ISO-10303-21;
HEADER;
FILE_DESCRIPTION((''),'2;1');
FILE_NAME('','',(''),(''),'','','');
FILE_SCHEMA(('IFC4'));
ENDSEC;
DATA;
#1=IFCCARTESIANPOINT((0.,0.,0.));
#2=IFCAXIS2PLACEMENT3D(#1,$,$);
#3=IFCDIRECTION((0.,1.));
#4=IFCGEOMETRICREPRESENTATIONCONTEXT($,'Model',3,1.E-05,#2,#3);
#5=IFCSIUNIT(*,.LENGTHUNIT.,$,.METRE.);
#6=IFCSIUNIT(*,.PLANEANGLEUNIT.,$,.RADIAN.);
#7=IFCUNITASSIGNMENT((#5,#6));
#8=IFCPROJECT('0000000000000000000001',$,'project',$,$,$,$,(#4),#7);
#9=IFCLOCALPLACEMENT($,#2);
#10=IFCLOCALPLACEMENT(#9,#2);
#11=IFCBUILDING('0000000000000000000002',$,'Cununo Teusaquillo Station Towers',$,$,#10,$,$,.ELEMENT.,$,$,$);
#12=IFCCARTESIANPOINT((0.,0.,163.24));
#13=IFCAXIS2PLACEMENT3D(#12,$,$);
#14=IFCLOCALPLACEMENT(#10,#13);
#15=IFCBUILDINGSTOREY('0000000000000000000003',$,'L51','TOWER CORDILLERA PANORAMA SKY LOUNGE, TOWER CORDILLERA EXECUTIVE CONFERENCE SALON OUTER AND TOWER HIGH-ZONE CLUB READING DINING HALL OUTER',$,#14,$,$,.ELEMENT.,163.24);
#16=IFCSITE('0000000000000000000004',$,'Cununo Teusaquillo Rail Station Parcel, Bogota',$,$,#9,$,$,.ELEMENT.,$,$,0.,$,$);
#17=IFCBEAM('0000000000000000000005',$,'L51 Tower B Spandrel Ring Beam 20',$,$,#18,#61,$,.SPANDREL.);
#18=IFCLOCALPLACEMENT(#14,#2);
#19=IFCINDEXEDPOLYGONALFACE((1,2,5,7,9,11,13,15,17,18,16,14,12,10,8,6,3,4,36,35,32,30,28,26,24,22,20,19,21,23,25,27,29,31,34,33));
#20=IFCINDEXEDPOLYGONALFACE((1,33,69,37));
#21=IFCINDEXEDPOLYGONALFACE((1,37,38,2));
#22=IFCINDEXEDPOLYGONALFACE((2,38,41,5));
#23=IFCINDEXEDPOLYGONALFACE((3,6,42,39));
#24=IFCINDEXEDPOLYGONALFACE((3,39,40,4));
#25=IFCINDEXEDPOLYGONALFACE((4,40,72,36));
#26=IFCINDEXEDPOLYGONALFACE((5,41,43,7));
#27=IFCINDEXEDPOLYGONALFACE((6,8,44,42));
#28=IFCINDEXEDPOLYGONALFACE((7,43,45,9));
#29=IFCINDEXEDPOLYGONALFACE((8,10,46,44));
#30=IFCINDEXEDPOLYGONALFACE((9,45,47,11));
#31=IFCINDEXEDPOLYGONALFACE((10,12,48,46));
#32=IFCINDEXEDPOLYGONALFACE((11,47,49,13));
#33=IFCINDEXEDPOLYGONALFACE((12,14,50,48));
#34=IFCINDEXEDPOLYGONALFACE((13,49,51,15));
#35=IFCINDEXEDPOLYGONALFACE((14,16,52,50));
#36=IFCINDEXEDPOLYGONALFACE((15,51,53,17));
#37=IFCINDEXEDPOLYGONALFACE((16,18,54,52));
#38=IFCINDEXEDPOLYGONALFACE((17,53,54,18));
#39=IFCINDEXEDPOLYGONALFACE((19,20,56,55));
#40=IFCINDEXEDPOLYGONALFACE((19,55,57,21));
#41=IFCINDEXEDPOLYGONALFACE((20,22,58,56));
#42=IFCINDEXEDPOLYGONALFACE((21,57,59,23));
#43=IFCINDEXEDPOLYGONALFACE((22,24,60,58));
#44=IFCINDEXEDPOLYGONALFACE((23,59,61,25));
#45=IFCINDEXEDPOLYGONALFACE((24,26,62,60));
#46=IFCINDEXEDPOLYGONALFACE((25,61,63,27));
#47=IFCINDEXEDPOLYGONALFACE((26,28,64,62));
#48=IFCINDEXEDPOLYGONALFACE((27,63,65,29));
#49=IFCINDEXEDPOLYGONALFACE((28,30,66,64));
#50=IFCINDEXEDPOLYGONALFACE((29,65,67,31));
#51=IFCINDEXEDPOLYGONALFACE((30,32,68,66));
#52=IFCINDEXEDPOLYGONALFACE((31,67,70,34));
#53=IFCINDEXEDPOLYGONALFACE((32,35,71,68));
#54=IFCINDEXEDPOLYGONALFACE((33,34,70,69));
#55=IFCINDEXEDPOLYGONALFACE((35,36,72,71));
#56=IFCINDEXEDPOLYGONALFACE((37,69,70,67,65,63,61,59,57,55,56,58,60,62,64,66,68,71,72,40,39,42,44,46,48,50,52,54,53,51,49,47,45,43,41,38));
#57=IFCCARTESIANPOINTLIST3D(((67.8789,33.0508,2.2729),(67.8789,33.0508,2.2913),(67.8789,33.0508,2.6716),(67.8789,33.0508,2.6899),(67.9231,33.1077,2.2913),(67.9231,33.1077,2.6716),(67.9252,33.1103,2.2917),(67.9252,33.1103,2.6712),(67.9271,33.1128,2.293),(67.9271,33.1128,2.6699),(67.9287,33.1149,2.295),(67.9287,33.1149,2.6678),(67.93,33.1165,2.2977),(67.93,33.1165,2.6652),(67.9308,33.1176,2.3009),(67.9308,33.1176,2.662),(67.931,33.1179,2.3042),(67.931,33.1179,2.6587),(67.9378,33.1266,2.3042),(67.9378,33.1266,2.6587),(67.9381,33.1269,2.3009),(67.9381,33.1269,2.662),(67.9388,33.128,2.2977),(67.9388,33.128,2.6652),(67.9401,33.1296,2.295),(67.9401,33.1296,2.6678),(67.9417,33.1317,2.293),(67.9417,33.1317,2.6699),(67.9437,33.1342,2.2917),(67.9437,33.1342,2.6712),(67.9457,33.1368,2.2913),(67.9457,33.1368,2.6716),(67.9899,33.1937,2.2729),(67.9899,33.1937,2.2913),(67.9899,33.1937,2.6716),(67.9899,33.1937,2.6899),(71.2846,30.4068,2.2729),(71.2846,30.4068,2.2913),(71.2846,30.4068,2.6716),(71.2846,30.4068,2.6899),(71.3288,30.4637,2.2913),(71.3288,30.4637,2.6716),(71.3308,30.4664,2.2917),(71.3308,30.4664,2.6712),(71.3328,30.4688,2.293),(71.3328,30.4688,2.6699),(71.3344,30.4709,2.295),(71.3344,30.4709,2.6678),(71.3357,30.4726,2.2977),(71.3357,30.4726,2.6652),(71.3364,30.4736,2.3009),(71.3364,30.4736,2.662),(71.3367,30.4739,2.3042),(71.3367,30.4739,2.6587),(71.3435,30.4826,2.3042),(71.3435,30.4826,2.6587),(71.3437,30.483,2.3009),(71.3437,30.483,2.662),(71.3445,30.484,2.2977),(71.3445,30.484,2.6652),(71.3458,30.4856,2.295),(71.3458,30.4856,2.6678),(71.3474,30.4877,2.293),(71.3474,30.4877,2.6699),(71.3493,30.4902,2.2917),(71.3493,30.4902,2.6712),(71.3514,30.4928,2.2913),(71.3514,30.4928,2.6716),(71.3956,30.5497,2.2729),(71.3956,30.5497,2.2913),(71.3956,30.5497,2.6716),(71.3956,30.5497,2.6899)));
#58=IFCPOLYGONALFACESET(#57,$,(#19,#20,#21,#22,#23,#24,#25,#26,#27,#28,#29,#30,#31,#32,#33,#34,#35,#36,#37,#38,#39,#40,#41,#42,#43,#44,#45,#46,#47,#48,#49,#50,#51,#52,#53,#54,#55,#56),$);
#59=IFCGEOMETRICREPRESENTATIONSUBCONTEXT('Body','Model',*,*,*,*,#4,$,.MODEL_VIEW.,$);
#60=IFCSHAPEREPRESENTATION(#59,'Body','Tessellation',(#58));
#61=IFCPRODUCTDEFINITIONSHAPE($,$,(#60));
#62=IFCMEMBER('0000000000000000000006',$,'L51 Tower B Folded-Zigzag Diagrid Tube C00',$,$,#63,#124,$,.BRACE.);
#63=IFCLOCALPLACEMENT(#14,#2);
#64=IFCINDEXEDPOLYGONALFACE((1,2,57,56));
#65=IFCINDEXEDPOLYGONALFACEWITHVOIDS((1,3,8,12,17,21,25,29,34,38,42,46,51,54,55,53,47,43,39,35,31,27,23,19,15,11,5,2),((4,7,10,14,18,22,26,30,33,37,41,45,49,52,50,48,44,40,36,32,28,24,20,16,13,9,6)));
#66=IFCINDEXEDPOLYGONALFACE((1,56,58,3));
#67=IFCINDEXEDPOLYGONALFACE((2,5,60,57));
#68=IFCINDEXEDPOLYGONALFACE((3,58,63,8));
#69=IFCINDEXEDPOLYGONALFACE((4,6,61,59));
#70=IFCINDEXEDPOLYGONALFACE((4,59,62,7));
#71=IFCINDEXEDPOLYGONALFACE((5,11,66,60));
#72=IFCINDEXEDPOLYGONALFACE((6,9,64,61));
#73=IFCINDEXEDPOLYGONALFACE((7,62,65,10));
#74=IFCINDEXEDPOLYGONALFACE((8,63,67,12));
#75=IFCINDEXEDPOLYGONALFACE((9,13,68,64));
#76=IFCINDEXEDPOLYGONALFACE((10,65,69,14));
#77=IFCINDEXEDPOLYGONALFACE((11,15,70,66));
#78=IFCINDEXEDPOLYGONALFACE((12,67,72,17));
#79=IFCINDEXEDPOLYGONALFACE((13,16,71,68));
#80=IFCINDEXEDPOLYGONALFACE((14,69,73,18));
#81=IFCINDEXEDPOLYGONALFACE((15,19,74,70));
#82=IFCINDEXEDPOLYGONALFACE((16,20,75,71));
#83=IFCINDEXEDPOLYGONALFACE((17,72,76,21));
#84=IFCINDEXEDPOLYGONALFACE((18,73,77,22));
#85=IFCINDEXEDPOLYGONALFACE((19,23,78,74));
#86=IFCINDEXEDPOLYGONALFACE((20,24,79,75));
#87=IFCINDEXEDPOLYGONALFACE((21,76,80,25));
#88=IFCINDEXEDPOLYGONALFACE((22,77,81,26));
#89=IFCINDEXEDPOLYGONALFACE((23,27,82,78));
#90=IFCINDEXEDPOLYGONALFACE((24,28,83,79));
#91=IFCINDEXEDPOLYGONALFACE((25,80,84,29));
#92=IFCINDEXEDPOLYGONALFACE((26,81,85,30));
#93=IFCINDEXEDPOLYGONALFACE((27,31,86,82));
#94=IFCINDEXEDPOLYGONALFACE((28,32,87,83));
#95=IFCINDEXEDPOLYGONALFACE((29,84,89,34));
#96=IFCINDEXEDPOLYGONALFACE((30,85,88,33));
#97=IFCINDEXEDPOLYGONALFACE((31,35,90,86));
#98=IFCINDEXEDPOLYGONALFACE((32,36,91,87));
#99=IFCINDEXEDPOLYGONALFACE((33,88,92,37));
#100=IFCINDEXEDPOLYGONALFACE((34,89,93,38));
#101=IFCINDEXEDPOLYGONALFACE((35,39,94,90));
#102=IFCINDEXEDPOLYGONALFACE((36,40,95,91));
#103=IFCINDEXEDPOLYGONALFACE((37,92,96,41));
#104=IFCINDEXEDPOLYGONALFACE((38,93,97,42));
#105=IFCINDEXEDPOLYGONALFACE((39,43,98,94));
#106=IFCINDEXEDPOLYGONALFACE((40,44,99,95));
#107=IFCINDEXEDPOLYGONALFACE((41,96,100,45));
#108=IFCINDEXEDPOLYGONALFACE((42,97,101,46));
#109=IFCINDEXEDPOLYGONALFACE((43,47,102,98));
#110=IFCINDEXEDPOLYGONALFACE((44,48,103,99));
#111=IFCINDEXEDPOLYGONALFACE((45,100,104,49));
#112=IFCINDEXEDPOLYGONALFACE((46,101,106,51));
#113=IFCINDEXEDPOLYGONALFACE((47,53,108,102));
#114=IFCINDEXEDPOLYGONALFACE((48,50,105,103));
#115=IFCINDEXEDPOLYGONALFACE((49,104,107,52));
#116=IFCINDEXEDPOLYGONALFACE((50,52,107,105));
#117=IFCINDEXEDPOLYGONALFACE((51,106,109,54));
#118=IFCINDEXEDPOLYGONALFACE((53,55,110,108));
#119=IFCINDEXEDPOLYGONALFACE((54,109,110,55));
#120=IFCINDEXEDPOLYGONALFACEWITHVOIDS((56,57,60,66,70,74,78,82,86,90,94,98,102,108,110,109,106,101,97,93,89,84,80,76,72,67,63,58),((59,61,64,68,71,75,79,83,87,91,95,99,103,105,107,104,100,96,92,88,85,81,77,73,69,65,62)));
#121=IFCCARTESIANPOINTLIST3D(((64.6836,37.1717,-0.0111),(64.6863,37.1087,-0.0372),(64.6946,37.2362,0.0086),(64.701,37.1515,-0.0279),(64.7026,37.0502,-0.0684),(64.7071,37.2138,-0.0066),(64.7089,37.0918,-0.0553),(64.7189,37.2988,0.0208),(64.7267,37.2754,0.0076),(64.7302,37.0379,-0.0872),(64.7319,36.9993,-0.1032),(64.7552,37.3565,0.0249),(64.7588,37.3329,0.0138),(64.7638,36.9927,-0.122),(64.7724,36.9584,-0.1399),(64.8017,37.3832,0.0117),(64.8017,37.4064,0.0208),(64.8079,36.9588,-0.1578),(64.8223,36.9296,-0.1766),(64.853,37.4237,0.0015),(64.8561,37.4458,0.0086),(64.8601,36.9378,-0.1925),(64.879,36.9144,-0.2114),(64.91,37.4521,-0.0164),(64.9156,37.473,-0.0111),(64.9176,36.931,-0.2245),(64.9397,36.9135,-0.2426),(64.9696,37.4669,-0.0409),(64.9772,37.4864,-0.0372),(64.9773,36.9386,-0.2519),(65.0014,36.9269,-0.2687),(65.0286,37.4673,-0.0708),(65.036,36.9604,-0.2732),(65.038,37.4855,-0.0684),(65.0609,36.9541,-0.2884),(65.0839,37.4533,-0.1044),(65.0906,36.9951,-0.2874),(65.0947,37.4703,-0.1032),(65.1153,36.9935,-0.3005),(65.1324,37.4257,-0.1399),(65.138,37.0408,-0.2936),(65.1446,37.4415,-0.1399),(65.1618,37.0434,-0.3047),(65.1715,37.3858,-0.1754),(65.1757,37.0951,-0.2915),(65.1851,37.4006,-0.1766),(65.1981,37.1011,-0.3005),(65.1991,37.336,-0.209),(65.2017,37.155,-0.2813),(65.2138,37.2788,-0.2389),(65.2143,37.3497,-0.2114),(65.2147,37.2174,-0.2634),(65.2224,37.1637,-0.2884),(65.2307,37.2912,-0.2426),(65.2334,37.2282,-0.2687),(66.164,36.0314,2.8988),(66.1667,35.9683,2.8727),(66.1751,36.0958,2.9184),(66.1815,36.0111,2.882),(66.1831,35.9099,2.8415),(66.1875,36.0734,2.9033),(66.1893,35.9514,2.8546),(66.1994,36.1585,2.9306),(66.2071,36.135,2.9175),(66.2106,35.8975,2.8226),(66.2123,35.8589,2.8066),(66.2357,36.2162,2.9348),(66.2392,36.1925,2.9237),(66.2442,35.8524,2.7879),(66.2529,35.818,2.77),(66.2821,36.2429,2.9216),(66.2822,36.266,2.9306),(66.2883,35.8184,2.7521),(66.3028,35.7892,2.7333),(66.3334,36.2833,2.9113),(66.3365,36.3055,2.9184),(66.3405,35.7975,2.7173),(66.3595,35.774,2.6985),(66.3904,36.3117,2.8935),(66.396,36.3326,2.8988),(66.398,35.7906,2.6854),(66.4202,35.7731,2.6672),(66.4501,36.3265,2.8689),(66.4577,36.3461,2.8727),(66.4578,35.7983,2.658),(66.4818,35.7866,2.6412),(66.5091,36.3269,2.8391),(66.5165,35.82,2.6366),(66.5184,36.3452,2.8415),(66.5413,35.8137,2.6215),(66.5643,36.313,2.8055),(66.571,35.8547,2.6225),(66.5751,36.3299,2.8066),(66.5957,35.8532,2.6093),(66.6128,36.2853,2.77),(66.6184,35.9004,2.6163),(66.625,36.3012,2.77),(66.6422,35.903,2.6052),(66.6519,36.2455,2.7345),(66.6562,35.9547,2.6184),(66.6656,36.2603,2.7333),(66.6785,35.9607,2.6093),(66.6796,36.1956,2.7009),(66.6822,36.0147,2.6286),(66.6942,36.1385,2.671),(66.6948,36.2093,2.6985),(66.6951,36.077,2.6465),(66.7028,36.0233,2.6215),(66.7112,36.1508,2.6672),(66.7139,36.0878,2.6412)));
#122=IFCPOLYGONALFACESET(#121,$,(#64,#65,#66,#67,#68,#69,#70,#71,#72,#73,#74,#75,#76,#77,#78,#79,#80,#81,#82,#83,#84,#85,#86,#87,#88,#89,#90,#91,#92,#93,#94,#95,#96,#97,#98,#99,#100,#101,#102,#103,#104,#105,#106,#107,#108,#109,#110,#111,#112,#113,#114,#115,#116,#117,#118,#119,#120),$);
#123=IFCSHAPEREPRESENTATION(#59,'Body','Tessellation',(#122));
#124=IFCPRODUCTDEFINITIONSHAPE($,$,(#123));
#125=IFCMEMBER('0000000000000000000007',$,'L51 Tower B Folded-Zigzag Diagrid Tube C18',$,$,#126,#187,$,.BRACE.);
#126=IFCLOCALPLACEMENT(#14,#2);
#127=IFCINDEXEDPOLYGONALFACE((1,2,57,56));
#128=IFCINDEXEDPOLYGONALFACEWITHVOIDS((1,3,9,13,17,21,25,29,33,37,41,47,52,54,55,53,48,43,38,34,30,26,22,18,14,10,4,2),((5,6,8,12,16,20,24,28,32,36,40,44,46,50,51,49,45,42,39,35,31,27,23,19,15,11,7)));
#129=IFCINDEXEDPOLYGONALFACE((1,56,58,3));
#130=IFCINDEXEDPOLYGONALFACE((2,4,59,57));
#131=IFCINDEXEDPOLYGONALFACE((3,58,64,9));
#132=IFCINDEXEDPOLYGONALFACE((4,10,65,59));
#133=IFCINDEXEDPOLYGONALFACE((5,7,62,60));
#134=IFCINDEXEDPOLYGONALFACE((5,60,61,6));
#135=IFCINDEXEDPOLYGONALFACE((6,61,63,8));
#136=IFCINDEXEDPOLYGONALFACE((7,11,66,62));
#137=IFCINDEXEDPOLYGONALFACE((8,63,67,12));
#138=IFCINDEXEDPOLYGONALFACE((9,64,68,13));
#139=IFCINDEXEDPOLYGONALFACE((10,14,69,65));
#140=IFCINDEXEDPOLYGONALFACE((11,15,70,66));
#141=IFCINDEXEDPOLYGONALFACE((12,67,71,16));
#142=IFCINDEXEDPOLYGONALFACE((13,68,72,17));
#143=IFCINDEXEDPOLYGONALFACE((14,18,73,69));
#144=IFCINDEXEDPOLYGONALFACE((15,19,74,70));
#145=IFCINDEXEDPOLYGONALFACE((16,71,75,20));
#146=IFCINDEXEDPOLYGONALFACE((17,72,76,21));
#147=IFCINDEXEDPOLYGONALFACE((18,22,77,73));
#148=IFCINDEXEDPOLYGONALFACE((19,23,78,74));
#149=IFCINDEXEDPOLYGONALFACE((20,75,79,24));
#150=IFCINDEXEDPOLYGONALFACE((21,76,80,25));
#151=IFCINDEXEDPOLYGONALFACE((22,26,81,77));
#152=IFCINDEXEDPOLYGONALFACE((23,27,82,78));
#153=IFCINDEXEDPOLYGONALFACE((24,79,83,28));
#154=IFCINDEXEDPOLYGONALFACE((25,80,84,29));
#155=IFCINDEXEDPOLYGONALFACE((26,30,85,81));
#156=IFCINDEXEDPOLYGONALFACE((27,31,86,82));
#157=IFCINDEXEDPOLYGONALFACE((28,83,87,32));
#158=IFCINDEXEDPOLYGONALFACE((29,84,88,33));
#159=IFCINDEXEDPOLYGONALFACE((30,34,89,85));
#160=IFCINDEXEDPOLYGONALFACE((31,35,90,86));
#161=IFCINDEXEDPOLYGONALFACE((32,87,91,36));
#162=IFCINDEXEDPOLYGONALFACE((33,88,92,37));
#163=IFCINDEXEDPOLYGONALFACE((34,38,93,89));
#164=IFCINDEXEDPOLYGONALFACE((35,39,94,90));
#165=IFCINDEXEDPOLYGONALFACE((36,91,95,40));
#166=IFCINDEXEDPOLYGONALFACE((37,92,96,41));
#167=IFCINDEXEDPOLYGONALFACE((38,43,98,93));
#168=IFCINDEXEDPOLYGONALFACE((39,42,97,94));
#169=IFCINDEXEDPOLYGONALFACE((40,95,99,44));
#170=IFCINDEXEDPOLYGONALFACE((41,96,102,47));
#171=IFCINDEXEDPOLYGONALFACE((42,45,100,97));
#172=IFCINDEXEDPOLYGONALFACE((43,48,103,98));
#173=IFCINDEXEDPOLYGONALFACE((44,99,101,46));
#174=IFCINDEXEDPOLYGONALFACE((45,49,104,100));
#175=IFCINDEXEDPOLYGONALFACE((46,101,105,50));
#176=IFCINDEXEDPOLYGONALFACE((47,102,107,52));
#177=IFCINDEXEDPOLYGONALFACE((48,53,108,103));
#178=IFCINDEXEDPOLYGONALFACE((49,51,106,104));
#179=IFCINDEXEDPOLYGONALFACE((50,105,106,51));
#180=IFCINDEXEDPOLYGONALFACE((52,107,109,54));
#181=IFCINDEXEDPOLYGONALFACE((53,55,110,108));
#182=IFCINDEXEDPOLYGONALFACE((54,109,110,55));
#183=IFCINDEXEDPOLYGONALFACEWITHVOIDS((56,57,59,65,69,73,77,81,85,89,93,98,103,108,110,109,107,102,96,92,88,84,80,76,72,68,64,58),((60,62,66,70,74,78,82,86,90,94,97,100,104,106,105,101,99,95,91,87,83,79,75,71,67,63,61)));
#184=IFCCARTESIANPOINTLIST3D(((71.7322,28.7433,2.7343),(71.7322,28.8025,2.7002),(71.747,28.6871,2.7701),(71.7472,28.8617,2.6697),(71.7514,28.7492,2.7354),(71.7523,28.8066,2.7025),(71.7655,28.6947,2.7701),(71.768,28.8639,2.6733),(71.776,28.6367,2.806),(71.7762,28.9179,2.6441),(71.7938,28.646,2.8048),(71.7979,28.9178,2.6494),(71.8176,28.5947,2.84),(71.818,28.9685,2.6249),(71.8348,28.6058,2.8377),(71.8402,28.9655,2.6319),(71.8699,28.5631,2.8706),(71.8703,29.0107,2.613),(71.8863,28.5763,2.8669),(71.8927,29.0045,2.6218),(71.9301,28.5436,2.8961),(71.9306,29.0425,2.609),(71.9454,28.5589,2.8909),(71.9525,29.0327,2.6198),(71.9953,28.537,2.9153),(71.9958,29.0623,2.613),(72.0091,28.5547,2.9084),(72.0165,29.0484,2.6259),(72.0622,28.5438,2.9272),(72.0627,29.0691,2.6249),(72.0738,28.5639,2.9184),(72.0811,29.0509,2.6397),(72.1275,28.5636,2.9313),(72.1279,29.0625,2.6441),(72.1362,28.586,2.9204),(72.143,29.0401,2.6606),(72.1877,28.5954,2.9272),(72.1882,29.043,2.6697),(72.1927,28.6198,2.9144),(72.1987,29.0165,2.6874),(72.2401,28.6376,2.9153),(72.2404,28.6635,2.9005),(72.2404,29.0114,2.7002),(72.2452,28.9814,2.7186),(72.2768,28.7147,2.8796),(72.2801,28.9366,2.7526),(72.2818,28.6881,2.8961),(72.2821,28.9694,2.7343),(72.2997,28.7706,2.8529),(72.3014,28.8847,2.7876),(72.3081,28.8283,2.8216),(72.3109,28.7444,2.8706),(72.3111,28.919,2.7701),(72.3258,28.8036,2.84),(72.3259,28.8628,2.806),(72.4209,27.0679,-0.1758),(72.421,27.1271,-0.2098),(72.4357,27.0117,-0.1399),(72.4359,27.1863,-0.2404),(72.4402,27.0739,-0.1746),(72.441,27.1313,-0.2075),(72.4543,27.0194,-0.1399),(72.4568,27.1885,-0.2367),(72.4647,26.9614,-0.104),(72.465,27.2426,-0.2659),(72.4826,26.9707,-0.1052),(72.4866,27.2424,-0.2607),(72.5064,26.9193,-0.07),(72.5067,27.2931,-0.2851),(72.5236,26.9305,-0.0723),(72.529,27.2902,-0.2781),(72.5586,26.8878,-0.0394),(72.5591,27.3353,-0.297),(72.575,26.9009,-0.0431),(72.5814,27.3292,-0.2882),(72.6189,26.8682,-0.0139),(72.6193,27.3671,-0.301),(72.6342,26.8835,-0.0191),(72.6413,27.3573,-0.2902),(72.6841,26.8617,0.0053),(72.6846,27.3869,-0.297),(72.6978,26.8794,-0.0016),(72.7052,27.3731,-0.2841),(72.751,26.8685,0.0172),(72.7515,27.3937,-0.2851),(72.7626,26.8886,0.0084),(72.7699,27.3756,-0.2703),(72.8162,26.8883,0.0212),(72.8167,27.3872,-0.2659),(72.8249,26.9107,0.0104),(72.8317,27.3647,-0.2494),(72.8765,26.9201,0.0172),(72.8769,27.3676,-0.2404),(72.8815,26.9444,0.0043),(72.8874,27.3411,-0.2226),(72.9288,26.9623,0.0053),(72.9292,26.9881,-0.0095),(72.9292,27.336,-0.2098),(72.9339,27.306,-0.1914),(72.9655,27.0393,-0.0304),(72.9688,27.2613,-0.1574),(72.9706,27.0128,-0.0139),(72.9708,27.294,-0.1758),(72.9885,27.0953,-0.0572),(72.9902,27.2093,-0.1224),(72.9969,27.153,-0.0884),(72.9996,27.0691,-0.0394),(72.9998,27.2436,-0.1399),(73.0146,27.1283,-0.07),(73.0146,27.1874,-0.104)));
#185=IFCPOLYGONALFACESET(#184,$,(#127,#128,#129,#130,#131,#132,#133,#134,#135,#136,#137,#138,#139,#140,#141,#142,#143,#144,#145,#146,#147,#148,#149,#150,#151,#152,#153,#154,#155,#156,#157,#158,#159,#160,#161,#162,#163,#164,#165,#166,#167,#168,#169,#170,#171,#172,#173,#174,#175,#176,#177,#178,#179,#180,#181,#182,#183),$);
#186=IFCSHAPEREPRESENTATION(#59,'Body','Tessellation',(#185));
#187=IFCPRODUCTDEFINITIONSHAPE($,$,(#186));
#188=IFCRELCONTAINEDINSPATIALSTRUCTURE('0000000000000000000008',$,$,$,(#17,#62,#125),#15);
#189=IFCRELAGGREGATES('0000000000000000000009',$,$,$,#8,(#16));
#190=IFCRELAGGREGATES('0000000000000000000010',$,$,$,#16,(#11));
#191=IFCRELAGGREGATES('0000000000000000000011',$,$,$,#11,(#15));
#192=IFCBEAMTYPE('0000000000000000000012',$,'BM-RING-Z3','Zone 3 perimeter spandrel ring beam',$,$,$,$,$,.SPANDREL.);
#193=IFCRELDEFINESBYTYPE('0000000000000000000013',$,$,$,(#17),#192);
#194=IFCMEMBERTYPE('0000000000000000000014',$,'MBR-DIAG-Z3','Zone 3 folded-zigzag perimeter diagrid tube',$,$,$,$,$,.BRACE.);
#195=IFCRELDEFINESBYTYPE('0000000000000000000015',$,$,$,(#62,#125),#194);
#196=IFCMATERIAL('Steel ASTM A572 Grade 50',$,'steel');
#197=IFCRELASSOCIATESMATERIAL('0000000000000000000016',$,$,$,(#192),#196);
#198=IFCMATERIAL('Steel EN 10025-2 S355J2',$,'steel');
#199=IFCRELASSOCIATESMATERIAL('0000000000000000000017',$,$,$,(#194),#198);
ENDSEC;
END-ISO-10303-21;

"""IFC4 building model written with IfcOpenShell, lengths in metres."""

from ifc_helpers import new_model, si_unit, direction, frame, origin, origin_2d, place, context, subcontext, project, spatial, hollow_circle, i_section, extrude, material, material_profile, profile_set, type_object, element, save


model = new_model("IFC4")

# Units and contexts
model_context = context("Model", 3, precision=1e-05, world=origin(), true_north=direction((0.0, 1.0)))
body_context = subcontext(model_context, "Body", "Model", "MODEL_VIEW")
ifc_project = project(units=[si_unit("LENGTHUNIT", "METRE"), si_unit("PLANEANGLEUNIT", "RADIAN")], contexts=[model_context])

# Site, building, storey
site_placement = place(None, origin())
site = spatial("IfcSite", under=ifc_project, at=site_placement, Name="Cununo Teusaquillo Rail Station Parcel, Bogota", CompositionType="ELEMENT", RefElevation=0.0)
building_placement = place(site_placement, origin())
building = spatial("IfcBuilding", under=site, at=building_placement, Name="Cununo Teusaquillo Station Towers", CompositionType="ELEMENT")
storey_placement = place(building_placement, frame((0.0, 0.0, 163.24)))
storey = spatial("IfcBuildingStorey", under=building, at=storey_placement, Name="L51", Description="TOWER CORDILLERA PANORAMA SKY LOUNGE, TOWER CORDILLERA EXECUTIVE CONFERENCE SALON OUTER AND TOWER HIGH-ZONE CLUB READING DINING HALL OUTER", CompositionType="ELEMENT", Elevation=163.24)

# Beam
ifc_material_1 = material(Name="Steel ASTM A572 Grade 50", Category="steel")
ifc_material_profile_1 = material_profile(ifc_material_1, i_section(OverallWidth=0.1809, OverallDepth=0.417, WebThickness=0.011, FlangeThickness=0.0183, FilletRadius=0.0129, at=origin_2d()), Name="W16X57")
ifc_profile_set_1 = profile_set([ifc_material_profile_1], Name="Steel ASTM A572 Grade 50")
beam_type_1 = type_object("IfcBeamType", Name="BM-RING-Z3", Description="Zone 3 perimeter spandrel ring beam", PredefinedType="SPANDREL", material=ifc_profile_set_1)
beam_1_placement = place(storey_placement, frame((71.3401, 30.4783, 2.4814), z_axis=(-0.789901, 0.613235, 0.0), x_axis=(-0.613235, -0.789901, 0.0)))
element("IfcBeam", 1, at=beam_1_placement, inside=storey, type_object=beam_type_1, Name="L51 Tower B Spandrel Ring Beam 20", PredefinedType="SPANDREL", context=body_context, shape_type="SweptSolid", body=[
    extrude(i_section(OverallWidth=0.1809, OverallDepth=0.417, WebThickness=0.011, FlangeThickness=0.0183, FilletRadius=0.0129, at=origin_2d()), origin(), (0.0, 0.0, 1.0), 4.3115),
])

# Members
ifc_material_2 = material(Name="Steel EN 10025-2 S355J2", Category="steel")
ifc_material_profile_2 = material_profile(ifc_material_2, hollow_circle(Radius=0.3049, WallThickness=0.02, at=origin_2d()), Name="CHS 610x20")
ifc_profile_set_2 = profile_set([ifc_material_profile_2], Name="Steel EN 10025-2 S355J2")
member_type = type_object("IfcMemberType", Name="MBR-DIAG-Z3", Description="Zone 3 folded-zigzag perimeter diagrid tube", PredefinedType="BRACE", material=ifc_profile_set_2)
member_1_placement = place(storey_placement, frame((64.9585, 37.2, -0.1399), z_axis=(0.428091, -0.329752, 0.841428), x_axis=(0.610235, 0.792221, 0.0)))
element("IfcMember", 2, at=member_1_placement, inside=storey, type_object=member_type, Name="L51 Tower B Folded-Zigzag Diagrid Tube C00", PredefinedType="BRACE", context=body_context, shape_type="SweptSolid", body=[
    extrude(hollow_circle(Radius=0.3049, WallThickness=0.02, at=origin_2d()), origin(), (0.0, 0.0, 1.0), 3.4583),
])
member_2_placement = place(storey_placement, frame((72.7178, 27.1277, -0.1399), z_axis=(-0.200933, 0.488764, 0.848962), x_axis=(-0.924893, -0.380228, 0.0)))
element("IfcMember", 3, at=member_2_placement, inside=storey, type_object=member_type, Name="L51 Tower B Folded-Zigzag Diagrid Tube C18", PredefinedType="BRACE", context=body_context, shape_type="SweptSolid", body=[
    extrude(hollow_circle(Radius=0.3049, WallThickness=0.02, at=origin_2d()), origin(), (0.0, 0.0, 1.0), 3.4277),
])

save(model, "model.ifc")
